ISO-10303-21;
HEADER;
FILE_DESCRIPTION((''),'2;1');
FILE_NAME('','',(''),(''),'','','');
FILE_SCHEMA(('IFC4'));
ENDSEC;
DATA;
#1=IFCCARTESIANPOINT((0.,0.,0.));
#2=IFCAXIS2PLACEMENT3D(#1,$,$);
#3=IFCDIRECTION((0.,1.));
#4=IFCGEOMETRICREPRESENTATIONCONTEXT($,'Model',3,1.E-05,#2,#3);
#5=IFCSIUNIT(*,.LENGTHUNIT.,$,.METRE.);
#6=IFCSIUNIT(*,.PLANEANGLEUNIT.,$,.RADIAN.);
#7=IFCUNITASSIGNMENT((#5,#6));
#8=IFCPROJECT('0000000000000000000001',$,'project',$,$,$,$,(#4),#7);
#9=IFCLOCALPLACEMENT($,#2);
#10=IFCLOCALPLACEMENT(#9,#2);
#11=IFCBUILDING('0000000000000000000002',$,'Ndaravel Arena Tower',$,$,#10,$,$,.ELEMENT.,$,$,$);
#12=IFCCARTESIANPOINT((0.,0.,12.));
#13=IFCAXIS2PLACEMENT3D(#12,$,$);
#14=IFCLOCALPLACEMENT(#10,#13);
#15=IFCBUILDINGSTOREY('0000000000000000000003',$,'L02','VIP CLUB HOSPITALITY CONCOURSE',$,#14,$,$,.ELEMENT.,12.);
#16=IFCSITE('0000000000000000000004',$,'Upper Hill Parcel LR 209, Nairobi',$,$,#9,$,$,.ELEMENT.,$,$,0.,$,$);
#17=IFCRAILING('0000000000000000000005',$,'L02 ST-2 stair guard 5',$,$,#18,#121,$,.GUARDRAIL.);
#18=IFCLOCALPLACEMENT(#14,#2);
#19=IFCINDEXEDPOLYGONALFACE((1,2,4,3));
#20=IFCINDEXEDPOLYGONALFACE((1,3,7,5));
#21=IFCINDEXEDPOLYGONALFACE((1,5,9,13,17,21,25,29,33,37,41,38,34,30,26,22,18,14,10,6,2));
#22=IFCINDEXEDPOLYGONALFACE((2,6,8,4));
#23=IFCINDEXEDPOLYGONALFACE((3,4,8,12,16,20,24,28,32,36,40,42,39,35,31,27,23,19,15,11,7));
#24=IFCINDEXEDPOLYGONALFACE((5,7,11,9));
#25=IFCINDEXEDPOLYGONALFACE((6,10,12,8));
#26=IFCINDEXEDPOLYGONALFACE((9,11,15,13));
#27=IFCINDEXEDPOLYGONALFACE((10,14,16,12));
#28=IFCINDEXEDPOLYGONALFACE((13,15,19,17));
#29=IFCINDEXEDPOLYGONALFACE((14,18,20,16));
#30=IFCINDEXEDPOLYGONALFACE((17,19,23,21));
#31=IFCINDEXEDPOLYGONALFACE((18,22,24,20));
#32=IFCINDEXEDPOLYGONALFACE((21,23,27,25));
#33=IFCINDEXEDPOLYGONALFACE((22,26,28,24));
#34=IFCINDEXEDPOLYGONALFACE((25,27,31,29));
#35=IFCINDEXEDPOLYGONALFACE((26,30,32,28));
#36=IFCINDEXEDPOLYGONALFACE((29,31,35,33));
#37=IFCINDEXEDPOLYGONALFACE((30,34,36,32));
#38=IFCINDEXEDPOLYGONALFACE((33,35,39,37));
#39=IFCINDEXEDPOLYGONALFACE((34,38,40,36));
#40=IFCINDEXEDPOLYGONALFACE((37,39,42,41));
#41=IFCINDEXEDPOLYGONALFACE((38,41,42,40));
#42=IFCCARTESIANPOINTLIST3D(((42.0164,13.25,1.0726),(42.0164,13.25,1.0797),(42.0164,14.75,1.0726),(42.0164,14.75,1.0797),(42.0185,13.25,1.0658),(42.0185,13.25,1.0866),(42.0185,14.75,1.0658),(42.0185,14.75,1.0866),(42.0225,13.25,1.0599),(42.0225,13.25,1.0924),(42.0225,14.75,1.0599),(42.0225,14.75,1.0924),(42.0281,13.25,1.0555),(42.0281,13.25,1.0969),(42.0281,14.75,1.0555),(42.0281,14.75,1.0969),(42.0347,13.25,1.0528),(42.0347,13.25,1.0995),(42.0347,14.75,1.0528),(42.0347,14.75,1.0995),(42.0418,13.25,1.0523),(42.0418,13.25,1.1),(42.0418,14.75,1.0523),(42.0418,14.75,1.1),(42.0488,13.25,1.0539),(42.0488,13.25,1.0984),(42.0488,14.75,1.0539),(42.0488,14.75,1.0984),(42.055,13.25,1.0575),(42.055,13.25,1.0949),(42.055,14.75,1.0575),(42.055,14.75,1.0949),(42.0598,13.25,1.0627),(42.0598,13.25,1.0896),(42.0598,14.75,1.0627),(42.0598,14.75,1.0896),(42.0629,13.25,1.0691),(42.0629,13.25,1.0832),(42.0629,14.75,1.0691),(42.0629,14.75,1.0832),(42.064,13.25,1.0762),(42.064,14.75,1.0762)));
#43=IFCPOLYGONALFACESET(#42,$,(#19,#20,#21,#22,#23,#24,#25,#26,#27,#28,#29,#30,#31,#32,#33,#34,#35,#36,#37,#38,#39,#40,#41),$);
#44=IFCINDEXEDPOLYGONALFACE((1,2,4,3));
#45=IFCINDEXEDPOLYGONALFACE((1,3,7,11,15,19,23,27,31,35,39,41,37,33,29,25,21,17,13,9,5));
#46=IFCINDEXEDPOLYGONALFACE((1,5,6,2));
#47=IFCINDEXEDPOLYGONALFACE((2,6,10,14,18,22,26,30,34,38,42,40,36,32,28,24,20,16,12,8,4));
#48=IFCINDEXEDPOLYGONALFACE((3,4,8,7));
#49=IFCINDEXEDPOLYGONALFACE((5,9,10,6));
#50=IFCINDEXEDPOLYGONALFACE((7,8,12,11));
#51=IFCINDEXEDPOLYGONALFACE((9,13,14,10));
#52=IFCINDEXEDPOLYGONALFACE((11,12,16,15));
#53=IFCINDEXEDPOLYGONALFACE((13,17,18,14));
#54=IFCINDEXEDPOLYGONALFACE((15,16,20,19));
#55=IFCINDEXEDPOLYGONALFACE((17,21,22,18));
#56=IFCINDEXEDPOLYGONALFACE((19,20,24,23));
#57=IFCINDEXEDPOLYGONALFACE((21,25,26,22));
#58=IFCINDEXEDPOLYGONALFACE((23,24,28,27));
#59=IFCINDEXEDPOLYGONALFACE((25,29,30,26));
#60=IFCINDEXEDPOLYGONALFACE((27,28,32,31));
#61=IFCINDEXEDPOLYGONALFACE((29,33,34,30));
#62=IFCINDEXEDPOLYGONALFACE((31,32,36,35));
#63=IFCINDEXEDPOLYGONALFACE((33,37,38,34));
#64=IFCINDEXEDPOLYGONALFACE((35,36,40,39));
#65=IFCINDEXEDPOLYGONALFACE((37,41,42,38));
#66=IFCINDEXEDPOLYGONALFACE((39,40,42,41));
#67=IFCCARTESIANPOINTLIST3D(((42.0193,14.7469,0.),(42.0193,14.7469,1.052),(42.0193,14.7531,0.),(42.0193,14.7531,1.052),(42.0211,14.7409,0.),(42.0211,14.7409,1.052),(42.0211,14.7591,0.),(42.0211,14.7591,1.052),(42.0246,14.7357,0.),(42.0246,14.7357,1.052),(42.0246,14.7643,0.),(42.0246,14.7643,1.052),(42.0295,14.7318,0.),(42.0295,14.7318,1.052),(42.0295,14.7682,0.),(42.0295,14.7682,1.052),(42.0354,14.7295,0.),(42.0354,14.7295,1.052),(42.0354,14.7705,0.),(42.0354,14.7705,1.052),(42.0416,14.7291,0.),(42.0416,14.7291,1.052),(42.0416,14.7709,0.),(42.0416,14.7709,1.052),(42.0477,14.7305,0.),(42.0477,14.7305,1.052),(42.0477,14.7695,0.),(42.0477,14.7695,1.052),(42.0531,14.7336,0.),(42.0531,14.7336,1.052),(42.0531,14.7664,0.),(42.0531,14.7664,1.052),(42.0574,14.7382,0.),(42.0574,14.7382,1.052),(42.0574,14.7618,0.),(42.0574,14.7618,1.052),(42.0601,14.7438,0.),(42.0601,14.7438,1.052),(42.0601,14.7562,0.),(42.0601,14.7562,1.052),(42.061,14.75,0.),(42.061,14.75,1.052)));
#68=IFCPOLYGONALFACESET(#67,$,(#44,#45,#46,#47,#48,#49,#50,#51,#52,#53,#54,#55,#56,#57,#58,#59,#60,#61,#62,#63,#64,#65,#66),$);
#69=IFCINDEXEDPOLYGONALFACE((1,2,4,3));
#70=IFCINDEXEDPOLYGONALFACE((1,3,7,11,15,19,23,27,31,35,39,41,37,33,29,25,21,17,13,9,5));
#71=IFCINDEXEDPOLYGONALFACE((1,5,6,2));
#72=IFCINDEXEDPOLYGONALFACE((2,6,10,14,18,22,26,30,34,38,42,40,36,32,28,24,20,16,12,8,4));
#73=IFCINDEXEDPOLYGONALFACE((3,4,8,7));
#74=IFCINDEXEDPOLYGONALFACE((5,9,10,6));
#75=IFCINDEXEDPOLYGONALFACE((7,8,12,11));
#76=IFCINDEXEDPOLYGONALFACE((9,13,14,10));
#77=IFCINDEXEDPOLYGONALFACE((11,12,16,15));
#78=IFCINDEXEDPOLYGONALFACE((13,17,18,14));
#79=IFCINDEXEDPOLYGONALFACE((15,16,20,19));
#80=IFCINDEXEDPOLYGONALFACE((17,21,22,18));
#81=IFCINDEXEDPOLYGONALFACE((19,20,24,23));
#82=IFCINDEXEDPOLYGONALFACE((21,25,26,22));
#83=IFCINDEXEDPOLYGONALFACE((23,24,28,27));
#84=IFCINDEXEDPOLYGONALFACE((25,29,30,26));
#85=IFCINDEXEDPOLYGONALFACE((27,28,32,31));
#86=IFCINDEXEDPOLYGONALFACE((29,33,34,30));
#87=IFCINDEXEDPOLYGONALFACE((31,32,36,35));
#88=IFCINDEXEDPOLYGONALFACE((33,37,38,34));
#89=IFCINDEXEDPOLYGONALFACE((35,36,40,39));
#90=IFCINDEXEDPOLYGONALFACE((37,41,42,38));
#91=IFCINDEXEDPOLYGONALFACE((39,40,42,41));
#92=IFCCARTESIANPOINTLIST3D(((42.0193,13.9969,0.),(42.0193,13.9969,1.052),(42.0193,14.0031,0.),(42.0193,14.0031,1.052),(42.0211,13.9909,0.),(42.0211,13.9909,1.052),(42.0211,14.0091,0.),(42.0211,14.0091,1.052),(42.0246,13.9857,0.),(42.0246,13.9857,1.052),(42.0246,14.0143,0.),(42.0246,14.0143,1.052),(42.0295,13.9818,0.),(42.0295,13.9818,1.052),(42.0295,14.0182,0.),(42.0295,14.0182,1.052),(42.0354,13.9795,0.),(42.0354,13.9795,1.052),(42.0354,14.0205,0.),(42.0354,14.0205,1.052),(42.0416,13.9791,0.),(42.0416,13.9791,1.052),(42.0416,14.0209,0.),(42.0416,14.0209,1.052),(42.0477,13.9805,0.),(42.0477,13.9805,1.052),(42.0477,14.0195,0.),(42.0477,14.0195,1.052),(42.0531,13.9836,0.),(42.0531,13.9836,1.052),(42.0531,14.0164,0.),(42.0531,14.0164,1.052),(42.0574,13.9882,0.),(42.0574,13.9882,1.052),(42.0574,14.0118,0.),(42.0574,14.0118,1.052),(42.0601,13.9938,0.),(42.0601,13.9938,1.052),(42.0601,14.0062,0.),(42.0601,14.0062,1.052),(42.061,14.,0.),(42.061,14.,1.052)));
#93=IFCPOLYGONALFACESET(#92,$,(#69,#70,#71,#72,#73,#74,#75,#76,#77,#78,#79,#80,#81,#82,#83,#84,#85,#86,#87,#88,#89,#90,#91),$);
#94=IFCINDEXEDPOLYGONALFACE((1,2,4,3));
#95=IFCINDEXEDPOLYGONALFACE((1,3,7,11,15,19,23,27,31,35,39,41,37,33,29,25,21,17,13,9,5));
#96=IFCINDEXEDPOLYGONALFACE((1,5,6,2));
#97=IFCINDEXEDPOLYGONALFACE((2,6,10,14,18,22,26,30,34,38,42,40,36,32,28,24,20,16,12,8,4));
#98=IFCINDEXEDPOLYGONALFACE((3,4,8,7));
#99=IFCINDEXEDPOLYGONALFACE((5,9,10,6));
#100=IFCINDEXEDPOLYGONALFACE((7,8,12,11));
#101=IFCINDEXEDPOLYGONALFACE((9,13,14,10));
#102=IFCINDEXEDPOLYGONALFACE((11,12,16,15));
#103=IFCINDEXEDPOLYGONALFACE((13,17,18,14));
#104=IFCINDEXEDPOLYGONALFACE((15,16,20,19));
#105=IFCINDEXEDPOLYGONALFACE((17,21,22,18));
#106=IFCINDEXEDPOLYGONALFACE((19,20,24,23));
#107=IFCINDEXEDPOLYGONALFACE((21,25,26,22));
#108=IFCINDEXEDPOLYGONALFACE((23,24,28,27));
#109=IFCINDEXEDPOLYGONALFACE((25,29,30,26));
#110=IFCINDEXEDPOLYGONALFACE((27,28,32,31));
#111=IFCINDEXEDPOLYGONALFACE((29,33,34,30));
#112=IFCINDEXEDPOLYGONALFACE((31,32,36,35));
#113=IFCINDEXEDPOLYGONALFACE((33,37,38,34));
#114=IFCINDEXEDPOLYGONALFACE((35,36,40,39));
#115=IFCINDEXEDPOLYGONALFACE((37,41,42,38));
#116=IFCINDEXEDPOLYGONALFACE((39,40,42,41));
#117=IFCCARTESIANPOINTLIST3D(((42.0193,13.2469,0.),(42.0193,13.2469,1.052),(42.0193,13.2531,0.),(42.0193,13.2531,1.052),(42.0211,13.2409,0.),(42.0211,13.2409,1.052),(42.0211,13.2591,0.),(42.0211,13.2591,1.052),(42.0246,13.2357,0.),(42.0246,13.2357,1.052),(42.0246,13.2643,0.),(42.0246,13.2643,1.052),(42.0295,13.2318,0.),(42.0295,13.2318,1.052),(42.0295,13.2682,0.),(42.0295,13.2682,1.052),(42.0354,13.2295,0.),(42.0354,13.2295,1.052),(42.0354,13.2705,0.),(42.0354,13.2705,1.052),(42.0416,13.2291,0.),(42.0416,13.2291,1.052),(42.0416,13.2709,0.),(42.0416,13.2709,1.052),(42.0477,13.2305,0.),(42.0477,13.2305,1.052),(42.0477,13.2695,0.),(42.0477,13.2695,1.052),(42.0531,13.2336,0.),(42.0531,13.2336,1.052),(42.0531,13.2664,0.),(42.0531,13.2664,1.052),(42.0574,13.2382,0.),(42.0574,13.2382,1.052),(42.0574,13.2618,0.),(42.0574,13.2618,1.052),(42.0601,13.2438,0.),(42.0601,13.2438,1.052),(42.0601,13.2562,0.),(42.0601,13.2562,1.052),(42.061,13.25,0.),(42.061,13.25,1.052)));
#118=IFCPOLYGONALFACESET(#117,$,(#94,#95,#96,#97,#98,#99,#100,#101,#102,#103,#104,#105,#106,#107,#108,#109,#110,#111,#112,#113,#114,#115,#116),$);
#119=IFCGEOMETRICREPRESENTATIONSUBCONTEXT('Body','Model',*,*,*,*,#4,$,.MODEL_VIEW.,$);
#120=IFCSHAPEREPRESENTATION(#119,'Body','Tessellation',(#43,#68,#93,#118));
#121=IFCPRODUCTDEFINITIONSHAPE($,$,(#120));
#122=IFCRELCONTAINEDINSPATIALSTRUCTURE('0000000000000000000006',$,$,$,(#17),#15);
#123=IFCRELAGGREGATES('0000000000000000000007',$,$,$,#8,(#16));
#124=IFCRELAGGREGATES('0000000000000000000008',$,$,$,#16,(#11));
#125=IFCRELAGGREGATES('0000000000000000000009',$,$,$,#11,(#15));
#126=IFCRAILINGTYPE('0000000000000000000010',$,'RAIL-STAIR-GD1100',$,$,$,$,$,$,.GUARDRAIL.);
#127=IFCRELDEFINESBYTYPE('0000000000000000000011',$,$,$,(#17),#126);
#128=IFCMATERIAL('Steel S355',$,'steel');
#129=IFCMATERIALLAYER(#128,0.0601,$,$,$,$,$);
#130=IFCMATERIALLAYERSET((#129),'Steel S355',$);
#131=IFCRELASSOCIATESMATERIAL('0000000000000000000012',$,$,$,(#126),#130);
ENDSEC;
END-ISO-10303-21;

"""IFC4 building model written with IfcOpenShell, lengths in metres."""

from ifc_helpers import new_model, si_unit, direction, frame, origin, origin_2d, place, context, subcontext, project, spatial, circle, extrude, material, layer, layer_set, type_object, element, save


model = new_model("IFC4")

# Units and contexts
model_context = context("Model", 3, precision=1e-05, world=origin(), true_north=direction((0.0, 1.0)))
body_context = subcontext(model_context, "Body", "Model", "MODEL_VIEW")
ifc_project = project(units=[si_unit("LENGTHUNIT", "METRE"), si_unit("PLANEANGLEUNIT", "RADIAN")], contexts=[model_context])

# Site, building, storey
site_placement = place(None, origin())
site = spatial("IfcSite", under=ifc_project, at=site_placement, Name="Upper Hill Parcel LR 209, Nairobi", CompositionType="ELEMENT", RefElevation=0.0)
building_placement = place(site_placement, origin())
building = spatial("IfcBuilding", under=site, at=building_placement, Name="Ndaravel Arena Tower", CompositionType="ELEMENT")
storey_placement = place(building_placement, frame((0.0, 0.0, 12.0)))
storey = spatial("IfcBuildingStorey", under=building, at=storey_placement, Name="L02", Description="VIP CLUB HOSPITALITY CONCOURSE", CompositionType="ELEMENT", Elevation=12.0)

# Railing
ifc_material_1 = material(Name="Steel S355", Category="steel")
ifc_layer_1 = layer(ifc_material_1, 0.0601)
ifc_layer_set_1 = layer_set([ifc_layer_1], Name="Steel S355")
railing_type_1 = type_object("IfcRailingType", Name="RAIL-STAIR-GD1100", PredefinedType="GUARDRAIL", material=ifc_layer_set_1)
railing_1_placement = place(storey_placement, frame((42.04, 14.75, 0.0)))
element("IfcRailing", 1, at=railing_1_placement, inside=storey, type_object=railing_type_1, Name="L02 ST-2 stair guard 5", PredefinedType="GUARDRAIL", context=body_context, shape_type="SweptSolid", body=[
    extrude(circle(Radius=0.0239, at=origin_2d()), frame((0.0, 0.0, 1.0762), z_axis=(0.0, -1.0, 0.0), x_axis=(1.0, 0.0, 0.0)), (0.0, 0.0, 1.0), 1.5),
    extrude(circle(Radius=0.021, at=origin_2d()), origin(), (0.0, 0.0, 1.0), 1.052),
    extrude(circle(Radius=0.021, at=origin_2d()), frame((0.0, -0.75, 0.0)), (0.0, 0.0, 1.0), 1.052),
    extrude(circle(Radius=0.021, at=origin_2d()), frame((0.0, -1.5, 0.0)), (0.0, 0.0, 1.0), 1.052),
])

save(model, "model.ifc")
